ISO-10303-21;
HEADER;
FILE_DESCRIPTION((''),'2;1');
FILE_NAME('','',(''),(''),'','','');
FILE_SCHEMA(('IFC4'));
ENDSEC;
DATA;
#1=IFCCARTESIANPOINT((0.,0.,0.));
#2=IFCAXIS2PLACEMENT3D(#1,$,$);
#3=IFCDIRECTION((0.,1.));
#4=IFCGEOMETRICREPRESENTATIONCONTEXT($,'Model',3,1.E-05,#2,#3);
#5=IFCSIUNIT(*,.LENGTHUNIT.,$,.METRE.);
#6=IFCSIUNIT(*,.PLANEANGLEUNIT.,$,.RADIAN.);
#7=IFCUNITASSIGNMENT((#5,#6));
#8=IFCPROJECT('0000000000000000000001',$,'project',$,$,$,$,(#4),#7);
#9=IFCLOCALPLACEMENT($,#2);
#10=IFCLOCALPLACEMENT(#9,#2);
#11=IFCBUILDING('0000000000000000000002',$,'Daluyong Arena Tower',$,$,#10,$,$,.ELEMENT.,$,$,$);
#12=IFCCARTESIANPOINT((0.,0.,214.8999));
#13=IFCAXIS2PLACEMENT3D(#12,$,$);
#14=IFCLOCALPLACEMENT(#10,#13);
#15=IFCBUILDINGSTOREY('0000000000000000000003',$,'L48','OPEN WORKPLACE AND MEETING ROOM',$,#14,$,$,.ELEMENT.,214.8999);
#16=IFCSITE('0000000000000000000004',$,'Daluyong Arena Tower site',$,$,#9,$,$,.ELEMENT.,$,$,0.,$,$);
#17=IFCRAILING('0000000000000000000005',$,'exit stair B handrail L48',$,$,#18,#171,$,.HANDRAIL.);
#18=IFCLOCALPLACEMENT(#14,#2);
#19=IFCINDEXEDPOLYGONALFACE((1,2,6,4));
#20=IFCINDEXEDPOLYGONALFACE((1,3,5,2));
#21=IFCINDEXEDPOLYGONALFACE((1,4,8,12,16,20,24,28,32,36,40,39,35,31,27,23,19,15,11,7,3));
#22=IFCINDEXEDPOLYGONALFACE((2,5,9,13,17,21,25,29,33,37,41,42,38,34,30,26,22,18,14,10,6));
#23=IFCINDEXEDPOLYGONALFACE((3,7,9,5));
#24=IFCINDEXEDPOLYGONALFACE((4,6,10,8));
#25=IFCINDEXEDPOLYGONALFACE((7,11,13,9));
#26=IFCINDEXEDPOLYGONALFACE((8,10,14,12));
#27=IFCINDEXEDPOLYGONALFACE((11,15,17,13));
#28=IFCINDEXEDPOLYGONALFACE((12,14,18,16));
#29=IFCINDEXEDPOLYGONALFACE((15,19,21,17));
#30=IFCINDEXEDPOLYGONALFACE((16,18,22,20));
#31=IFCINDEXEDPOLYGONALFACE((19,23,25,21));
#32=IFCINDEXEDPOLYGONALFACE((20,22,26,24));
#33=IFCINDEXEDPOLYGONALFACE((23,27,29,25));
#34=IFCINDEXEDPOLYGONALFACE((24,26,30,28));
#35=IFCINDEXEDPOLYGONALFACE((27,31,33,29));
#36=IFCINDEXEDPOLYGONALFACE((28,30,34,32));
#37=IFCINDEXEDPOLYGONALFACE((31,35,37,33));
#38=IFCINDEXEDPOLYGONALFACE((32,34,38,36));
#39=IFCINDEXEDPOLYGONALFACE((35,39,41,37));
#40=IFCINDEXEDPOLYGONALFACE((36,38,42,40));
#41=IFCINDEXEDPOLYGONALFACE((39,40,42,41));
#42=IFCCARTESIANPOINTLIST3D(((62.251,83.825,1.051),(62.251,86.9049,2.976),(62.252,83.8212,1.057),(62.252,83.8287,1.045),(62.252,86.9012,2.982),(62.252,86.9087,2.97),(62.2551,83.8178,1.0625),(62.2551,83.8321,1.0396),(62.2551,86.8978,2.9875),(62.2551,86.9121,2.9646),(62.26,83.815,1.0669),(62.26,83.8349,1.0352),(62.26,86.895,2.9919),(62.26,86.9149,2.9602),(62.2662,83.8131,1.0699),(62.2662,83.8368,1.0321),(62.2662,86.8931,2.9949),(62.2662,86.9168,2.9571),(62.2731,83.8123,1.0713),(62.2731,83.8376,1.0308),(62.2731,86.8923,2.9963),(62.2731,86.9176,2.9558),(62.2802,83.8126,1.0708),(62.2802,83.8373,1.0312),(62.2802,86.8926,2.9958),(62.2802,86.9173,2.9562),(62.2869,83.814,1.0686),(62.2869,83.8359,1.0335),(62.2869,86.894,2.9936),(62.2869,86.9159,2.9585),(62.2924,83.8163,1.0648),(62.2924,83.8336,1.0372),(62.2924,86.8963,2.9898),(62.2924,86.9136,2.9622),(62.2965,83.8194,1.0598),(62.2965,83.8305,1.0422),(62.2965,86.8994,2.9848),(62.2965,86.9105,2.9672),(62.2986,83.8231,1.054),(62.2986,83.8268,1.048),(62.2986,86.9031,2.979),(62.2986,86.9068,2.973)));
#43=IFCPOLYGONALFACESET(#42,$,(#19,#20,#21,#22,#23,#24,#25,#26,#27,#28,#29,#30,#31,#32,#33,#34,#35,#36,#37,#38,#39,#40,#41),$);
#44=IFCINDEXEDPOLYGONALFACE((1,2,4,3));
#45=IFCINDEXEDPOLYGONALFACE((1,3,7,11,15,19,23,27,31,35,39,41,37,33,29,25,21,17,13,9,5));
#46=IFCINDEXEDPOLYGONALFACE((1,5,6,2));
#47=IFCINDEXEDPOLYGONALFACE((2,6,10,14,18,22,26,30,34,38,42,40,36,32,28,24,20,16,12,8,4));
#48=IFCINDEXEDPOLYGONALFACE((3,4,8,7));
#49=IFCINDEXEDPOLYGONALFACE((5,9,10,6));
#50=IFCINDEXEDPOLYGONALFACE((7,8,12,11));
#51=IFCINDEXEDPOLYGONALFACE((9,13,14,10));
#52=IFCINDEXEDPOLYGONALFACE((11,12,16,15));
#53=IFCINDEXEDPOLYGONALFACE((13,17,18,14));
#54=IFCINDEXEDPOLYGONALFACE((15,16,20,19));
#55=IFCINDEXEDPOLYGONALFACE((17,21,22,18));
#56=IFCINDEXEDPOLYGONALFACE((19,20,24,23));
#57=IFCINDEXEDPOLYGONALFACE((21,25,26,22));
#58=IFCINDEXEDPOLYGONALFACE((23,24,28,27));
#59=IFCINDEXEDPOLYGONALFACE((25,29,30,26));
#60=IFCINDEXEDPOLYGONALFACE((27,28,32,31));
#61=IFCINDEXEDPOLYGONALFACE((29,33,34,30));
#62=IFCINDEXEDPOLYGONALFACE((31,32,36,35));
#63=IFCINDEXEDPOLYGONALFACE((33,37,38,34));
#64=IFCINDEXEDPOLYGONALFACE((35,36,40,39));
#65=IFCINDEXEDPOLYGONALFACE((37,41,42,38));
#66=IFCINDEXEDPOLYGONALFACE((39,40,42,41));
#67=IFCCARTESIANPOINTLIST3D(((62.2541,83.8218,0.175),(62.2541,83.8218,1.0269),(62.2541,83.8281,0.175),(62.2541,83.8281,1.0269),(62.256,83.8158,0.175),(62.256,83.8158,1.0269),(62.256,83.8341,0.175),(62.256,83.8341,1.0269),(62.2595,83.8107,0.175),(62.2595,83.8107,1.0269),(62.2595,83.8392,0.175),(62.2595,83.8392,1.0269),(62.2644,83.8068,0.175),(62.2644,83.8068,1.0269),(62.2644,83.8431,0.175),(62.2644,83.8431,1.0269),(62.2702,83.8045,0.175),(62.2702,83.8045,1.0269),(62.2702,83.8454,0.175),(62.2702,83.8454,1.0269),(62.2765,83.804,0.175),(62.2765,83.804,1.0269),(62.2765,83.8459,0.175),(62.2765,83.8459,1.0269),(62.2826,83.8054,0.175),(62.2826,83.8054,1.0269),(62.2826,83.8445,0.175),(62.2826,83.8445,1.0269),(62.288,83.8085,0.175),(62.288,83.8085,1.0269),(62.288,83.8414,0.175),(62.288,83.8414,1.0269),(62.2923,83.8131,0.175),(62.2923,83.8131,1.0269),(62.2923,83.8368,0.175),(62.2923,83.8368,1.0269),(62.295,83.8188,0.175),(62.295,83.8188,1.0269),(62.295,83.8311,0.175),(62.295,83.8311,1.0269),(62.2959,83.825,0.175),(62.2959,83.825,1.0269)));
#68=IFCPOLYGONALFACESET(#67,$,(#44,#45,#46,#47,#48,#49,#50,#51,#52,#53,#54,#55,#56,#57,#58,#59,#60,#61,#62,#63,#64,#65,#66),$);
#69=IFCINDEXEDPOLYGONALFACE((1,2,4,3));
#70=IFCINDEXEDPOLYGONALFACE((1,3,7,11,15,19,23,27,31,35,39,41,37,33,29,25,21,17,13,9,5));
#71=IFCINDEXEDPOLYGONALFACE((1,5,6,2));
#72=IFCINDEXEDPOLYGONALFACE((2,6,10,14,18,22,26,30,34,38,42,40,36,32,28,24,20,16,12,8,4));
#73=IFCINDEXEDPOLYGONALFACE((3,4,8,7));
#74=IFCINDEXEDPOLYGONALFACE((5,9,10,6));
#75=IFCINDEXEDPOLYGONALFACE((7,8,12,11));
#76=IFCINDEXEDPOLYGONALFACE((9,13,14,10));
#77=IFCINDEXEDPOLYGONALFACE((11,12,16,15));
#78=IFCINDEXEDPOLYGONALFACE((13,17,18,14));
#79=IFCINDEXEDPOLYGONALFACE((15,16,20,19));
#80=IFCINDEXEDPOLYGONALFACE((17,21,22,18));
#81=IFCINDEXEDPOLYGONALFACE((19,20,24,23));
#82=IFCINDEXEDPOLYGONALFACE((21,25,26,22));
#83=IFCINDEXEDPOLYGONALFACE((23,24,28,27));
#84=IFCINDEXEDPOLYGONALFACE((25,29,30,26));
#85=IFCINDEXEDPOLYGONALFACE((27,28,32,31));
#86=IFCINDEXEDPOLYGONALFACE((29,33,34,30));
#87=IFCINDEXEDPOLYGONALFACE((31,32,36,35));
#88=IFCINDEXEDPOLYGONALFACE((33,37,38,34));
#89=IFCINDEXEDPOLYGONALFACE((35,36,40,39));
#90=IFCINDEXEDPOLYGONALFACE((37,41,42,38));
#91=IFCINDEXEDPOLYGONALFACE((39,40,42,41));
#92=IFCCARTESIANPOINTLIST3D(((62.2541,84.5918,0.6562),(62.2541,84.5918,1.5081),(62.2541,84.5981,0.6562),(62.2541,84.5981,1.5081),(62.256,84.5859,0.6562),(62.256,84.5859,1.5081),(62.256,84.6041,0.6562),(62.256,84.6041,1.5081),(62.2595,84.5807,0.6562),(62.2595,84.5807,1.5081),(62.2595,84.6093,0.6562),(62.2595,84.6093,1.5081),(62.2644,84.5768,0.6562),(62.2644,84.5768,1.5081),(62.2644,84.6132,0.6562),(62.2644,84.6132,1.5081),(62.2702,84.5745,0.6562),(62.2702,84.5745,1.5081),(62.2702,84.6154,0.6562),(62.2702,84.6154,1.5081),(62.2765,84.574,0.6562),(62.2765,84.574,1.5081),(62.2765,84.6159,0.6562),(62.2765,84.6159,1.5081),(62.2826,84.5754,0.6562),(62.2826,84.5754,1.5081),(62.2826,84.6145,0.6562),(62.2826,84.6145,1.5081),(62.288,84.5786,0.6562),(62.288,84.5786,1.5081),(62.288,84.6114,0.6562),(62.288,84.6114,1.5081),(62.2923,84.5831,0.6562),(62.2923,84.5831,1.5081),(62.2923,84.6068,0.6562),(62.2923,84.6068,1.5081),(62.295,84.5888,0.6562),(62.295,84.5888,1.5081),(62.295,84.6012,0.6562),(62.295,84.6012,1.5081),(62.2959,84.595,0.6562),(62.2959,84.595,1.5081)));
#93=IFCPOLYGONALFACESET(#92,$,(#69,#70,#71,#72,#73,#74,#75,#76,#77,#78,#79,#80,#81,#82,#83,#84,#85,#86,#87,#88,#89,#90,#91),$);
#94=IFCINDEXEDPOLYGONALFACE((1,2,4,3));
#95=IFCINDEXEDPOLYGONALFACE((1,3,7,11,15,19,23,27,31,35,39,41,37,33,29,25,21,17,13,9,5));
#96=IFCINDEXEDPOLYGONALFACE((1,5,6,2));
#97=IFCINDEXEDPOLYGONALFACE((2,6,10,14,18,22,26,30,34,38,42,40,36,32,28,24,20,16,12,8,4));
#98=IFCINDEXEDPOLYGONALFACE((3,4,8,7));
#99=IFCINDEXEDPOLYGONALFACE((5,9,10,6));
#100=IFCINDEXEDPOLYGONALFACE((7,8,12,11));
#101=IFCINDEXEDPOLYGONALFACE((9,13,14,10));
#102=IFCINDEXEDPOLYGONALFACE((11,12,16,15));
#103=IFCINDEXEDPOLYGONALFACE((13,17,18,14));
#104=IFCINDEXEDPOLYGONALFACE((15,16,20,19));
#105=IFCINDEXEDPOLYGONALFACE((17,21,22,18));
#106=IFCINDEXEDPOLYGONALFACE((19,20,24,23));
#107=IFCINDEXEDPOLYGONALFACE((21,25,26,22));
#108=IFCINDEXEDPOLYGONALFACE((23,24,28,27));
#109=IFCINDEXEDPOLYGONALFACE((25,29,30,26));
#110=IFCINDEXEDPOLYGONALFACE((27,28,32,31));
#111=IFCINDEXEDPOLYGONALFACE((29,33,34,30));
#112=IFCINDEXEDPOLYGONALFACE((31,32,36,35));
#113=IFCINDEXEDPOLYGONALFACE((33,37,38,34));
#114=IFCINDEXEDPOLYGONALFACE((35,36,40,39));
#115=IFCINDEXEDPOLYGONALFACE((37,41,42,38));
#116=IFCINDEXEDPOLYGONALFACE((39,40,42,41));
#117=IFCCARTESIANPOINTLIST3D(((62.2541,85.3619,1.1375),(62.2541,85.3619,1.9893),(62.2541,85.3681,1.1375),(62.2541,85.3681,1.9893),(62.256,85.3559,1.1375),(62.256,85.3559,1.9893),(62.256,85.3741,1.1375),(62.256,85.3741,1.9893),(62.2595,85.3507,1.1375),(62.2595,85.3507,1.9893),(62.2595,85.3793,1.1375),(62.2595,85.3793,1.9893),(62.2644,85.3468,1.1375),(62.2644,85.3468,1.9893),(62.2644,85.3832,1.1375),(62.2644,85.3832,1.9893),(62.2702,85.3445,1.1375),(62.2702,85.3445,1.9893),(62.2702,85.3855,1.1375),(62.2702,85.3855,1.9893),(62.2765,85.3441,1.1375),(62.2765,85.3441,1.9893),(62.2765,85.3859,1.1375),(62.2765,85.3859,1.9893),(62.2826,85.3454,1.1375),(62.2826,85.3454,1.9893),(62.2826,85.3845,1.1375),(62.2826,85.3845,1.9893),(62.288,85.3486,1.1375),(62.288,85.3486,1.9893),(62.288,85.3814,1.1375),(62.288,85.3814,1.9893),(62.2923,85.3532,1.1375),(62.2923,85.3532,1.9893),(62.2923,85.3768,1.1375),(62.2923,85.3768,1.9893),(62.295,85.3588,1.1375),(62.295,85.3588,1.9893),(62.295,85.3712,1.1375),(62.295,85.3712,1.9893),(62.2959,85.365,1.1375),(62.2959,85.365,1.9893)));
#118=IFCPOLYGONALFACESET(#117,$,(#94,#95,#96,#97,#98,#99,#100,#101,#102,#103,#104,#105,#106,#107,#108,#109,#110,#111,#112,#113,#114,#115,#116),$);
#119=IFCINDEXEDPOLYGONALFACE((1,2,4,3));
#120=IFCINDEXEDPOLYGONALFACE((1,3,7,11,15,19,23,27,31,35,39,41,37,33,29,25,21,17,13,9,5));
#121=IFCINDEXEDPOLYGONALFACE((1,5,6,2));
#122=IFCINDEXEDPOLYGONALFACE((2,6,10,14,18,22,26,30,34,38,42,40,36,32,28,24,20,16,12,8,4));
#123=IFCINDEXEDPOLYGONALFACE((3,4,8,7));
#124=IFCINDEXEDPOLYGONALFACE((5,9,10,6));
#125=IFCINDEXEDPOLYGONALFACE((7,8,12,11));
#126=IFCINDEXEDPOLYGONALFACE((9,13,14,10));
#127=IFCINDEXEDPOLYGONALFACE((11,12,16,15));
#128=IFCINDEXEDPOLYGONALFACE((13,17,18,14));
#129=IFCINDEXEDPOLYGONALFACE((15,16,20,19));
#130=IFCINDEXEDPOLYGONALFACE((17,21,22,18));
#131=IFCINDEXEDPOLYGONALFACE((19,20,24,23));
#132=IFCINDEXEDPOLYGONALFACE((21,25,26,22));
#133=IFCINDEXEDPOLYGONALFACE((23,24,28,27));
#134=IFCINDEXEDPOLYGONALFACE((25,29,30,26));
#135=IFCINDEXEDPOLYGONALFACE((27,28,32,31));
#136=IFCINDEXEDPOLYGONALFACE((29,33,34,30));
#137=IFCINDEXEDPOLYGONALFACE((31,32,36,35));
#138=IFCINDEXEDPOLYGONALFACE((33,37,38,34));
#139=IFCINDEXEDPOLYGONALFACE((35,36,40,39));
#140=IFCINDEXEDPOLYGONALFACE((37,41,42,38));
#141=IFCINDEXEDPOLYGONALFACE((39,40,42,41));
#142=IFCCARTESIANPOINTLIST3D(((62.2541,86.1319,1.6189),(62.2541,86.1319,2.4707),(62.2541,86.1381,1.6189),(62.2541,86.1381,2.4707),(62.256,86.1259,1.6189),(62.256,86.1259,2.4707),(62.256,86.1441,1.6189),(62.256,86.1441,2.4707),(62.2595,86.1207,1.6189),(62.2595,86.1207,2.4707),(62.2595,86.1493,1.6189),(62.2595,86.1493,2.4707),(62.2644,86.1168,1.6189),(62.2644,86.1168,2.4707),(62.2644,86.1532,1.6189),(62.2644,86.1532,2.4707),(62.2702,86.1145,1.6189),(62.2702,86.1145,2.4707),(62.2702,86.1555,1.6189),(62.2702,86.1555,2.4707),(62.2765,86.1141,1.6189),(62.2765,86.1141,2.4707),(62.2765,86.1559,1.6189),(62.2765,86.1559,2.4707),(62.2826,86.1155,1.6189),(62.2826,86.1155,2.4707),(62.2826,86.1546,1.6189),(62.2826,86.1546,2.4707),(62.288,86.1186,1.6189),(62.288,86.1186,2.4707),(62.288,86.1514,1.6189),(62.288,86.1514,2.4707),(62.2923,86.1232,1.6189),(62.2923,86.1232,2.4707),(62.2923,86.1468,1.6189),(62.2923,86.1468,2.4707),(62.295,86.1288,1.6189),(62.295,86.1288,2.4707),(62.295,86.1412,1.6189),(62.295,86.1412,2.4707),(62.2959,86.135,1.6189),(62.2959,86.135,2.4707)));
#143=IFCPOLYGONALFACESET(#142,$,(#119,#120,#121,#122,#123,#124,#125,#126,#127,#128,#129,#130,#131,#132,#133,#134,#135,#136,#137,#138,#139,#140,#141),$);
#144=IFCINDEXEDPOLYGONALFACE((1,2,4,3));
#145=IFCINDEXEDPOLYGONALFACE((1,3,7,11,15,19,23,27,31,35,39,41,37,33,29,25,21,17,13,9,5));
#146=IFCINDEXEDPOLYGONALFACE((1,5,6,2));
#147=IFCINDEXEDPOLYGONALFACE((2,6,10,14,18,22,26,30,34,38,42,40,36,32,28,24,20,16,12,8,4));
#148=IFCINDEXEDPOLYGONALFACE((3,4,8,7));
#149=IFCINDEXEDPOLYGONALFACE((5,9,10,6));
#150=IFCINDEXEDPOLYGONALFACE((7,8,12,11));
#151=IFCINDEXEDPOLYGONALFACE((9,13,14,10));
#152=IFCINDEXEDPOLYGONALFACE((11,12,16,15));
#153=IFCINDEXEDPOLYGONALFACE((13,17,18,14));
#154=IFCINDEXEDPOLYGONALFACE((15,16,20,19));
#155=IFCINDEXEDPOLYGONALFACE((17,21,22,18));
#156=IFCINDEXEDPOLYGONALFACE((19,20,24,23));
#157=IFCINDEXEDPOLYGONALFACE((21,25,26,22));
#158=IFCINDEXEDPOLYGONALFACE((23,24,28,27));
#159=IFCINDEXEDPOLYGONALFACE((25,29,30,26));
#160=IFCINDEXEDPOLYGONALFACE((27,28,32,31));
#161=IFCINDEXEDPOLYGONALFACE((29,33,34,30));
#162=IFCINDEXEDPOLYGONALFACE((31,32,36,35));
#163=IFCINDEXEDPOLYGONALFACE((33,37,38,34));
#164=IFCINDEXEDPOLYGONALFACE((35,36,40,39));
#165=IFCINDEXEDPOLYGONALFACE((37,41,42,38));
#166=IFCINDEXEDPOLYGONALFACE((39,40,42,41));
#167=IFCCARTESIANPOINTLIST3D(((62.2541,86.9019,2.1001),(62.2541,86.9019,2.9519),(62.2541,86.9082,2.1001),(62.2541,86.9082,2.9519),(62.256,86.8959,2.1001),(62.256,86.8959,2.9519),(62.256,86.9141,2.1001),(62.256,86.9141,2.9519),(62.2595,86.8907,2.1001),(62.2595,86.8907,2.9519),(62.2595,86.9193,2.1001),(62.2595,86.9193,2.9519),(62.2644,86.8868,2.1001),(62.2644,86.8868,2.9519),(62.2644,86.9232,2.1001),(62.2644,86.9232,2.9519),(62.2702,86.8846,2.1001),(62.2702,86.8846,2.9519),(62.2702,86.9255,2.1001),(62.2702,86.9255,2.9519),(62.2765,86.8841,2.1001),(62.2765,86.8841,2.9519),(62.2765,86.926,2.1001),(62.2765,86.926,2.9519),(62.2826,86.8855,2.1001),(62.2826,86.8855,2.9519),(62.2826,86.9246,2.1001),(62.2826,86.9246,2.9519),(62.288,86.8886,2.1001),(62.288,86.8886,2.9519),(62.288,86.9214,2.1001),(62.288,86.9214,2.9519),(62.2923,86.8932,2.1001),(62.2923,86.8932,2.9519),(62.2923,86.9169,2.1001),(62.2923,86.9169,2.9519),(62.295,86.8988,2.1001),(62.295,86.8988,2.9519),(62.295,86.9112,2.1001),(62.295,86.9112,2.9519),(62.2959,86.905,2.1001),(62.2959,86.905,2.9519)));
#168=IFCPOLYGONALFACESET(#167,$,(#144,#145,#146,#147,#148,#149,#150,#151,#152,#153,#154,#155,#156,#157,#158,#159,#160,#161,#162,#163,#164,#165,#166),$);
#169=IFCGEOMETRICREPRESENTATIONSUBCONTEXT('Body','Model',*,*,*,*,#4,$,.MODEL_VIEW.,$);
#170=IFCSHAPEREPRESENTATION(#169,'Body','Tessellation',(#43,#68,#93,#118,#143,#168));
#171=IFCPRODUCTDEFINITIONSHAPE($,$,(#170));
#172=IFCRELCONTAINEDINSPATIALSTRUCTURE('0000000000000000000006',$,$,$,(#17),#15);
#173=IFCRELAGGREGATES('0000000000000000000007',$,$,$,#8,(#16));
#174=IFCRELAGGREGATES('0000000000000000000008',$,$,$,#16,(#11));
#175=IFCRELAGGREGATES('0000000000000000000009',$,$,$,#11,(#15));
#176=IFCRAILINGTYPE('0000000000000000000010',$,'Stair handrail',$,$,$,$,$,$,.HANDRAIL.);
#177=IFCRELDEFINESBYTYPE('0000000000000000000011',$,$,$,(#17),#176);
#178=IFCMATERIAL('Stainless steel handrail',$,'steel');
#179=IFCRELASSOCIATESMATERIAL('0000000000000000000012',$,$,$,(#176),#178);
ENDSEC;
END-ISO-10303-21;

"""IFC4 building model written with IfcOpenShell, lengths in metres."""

from ifc_helpers import new_model, si_unit, direction, frame, origin, origin_2d, place, context, subcontext, project, spatial, circle, extrude, material, type_object, element, save


model = new_model("IFC4")

# Units and contexts
model_context = context("Model", 3, precision=1e-05, world=origin(), true_north=direction((0.0, 1.0)))
body_context = subcontext(model_context, "Body", "Model", "MODEL_VIEW")
ifc_project = project(units=[si_unit("LENGTHUNIT", "METRE"), si_unit("PLANEANGLEUNIT", "RADIAN")], contexts=[model_context])

# Site, building, storey
site_placement = place(None, origin())
site = spatial("IfcSite", under=ifc_project, at=site_placement, Name="Daluyong Arena Tower site", CompositionType="ELEMENT", RefElevation=0.0)
building_placement = place(site_placement, origin())
building = spatial("IfcBuilding", under=site, at=building_placement, Name="Daluyong Arena Tower", CompositionType="ELEMENT")
storey_placement = place(building_placement, frame((0.0, 0.0, 214.8999)))
storey = spatial("IfcBuildingStorey", under=building, at=storey_placement, Name="L48", Description="OPEN WORKPLACE AND MEETING ROOM", CompositionType="ELEMENT", Elevation=214.8999)

# Railing
ifc_material_1 = material(Name="Stainless steel handrail", Category="steel")
railing_type_1 = type_object("IfcRailingType", Name="Stair handrail", PredefinedType="HANDRAIL", material=ifc_material_1)
railing_1_placement = place(storey_placement, frame((62.2749, 83.825, 0.175)))
element("IfcRailing", 1, at=railing_1_placement, inside=storey, type_object=railing_type_1, Name="exit stair B handrail L48", PredefinedType="HANDRAIL", context=body_context, shape_type="SweptSolid", body=[
    extrude(circle(Radius=0.0239, at=origin_2d()), frame((0.0, 0.0, 0.876), z_axis=(0.0, 0.847998, 0.529999), x_axis=(-1.0, 0.0, 0.0)), (0.0, 0.0, 1.0), 3.6321),
    extrude(circle(Radius=0.021, at=origin_2d()), origin(), (0.0, 0.0, 1.0), 0.8518),
    extrude(circle(Radius=0.021, at=origin_2d()), frame((0.0, 0.77, 0.4812)), (0.0, 0.0, 1.0), 0.8518),
    extrude(circle(Radius=0.021, at=origin_2d()), frame((0.0, 1.54, 0.9624)), (0.0, 0.0, 1.0), 0.8518),
    extrude(circle(Radius=0.021, at=origin_2d()), frame((0.0, 2.3101, 1.4438)), (0.0, 0.0, 1.0), 0.8518),
    extrude(circle(Radius=0.021, at=origin_2d()), frame((0.0, 3.0801, 1.925)), (0.0, 0.0, 1.0), 0.8518),
])

save(model, "model.ifc")
